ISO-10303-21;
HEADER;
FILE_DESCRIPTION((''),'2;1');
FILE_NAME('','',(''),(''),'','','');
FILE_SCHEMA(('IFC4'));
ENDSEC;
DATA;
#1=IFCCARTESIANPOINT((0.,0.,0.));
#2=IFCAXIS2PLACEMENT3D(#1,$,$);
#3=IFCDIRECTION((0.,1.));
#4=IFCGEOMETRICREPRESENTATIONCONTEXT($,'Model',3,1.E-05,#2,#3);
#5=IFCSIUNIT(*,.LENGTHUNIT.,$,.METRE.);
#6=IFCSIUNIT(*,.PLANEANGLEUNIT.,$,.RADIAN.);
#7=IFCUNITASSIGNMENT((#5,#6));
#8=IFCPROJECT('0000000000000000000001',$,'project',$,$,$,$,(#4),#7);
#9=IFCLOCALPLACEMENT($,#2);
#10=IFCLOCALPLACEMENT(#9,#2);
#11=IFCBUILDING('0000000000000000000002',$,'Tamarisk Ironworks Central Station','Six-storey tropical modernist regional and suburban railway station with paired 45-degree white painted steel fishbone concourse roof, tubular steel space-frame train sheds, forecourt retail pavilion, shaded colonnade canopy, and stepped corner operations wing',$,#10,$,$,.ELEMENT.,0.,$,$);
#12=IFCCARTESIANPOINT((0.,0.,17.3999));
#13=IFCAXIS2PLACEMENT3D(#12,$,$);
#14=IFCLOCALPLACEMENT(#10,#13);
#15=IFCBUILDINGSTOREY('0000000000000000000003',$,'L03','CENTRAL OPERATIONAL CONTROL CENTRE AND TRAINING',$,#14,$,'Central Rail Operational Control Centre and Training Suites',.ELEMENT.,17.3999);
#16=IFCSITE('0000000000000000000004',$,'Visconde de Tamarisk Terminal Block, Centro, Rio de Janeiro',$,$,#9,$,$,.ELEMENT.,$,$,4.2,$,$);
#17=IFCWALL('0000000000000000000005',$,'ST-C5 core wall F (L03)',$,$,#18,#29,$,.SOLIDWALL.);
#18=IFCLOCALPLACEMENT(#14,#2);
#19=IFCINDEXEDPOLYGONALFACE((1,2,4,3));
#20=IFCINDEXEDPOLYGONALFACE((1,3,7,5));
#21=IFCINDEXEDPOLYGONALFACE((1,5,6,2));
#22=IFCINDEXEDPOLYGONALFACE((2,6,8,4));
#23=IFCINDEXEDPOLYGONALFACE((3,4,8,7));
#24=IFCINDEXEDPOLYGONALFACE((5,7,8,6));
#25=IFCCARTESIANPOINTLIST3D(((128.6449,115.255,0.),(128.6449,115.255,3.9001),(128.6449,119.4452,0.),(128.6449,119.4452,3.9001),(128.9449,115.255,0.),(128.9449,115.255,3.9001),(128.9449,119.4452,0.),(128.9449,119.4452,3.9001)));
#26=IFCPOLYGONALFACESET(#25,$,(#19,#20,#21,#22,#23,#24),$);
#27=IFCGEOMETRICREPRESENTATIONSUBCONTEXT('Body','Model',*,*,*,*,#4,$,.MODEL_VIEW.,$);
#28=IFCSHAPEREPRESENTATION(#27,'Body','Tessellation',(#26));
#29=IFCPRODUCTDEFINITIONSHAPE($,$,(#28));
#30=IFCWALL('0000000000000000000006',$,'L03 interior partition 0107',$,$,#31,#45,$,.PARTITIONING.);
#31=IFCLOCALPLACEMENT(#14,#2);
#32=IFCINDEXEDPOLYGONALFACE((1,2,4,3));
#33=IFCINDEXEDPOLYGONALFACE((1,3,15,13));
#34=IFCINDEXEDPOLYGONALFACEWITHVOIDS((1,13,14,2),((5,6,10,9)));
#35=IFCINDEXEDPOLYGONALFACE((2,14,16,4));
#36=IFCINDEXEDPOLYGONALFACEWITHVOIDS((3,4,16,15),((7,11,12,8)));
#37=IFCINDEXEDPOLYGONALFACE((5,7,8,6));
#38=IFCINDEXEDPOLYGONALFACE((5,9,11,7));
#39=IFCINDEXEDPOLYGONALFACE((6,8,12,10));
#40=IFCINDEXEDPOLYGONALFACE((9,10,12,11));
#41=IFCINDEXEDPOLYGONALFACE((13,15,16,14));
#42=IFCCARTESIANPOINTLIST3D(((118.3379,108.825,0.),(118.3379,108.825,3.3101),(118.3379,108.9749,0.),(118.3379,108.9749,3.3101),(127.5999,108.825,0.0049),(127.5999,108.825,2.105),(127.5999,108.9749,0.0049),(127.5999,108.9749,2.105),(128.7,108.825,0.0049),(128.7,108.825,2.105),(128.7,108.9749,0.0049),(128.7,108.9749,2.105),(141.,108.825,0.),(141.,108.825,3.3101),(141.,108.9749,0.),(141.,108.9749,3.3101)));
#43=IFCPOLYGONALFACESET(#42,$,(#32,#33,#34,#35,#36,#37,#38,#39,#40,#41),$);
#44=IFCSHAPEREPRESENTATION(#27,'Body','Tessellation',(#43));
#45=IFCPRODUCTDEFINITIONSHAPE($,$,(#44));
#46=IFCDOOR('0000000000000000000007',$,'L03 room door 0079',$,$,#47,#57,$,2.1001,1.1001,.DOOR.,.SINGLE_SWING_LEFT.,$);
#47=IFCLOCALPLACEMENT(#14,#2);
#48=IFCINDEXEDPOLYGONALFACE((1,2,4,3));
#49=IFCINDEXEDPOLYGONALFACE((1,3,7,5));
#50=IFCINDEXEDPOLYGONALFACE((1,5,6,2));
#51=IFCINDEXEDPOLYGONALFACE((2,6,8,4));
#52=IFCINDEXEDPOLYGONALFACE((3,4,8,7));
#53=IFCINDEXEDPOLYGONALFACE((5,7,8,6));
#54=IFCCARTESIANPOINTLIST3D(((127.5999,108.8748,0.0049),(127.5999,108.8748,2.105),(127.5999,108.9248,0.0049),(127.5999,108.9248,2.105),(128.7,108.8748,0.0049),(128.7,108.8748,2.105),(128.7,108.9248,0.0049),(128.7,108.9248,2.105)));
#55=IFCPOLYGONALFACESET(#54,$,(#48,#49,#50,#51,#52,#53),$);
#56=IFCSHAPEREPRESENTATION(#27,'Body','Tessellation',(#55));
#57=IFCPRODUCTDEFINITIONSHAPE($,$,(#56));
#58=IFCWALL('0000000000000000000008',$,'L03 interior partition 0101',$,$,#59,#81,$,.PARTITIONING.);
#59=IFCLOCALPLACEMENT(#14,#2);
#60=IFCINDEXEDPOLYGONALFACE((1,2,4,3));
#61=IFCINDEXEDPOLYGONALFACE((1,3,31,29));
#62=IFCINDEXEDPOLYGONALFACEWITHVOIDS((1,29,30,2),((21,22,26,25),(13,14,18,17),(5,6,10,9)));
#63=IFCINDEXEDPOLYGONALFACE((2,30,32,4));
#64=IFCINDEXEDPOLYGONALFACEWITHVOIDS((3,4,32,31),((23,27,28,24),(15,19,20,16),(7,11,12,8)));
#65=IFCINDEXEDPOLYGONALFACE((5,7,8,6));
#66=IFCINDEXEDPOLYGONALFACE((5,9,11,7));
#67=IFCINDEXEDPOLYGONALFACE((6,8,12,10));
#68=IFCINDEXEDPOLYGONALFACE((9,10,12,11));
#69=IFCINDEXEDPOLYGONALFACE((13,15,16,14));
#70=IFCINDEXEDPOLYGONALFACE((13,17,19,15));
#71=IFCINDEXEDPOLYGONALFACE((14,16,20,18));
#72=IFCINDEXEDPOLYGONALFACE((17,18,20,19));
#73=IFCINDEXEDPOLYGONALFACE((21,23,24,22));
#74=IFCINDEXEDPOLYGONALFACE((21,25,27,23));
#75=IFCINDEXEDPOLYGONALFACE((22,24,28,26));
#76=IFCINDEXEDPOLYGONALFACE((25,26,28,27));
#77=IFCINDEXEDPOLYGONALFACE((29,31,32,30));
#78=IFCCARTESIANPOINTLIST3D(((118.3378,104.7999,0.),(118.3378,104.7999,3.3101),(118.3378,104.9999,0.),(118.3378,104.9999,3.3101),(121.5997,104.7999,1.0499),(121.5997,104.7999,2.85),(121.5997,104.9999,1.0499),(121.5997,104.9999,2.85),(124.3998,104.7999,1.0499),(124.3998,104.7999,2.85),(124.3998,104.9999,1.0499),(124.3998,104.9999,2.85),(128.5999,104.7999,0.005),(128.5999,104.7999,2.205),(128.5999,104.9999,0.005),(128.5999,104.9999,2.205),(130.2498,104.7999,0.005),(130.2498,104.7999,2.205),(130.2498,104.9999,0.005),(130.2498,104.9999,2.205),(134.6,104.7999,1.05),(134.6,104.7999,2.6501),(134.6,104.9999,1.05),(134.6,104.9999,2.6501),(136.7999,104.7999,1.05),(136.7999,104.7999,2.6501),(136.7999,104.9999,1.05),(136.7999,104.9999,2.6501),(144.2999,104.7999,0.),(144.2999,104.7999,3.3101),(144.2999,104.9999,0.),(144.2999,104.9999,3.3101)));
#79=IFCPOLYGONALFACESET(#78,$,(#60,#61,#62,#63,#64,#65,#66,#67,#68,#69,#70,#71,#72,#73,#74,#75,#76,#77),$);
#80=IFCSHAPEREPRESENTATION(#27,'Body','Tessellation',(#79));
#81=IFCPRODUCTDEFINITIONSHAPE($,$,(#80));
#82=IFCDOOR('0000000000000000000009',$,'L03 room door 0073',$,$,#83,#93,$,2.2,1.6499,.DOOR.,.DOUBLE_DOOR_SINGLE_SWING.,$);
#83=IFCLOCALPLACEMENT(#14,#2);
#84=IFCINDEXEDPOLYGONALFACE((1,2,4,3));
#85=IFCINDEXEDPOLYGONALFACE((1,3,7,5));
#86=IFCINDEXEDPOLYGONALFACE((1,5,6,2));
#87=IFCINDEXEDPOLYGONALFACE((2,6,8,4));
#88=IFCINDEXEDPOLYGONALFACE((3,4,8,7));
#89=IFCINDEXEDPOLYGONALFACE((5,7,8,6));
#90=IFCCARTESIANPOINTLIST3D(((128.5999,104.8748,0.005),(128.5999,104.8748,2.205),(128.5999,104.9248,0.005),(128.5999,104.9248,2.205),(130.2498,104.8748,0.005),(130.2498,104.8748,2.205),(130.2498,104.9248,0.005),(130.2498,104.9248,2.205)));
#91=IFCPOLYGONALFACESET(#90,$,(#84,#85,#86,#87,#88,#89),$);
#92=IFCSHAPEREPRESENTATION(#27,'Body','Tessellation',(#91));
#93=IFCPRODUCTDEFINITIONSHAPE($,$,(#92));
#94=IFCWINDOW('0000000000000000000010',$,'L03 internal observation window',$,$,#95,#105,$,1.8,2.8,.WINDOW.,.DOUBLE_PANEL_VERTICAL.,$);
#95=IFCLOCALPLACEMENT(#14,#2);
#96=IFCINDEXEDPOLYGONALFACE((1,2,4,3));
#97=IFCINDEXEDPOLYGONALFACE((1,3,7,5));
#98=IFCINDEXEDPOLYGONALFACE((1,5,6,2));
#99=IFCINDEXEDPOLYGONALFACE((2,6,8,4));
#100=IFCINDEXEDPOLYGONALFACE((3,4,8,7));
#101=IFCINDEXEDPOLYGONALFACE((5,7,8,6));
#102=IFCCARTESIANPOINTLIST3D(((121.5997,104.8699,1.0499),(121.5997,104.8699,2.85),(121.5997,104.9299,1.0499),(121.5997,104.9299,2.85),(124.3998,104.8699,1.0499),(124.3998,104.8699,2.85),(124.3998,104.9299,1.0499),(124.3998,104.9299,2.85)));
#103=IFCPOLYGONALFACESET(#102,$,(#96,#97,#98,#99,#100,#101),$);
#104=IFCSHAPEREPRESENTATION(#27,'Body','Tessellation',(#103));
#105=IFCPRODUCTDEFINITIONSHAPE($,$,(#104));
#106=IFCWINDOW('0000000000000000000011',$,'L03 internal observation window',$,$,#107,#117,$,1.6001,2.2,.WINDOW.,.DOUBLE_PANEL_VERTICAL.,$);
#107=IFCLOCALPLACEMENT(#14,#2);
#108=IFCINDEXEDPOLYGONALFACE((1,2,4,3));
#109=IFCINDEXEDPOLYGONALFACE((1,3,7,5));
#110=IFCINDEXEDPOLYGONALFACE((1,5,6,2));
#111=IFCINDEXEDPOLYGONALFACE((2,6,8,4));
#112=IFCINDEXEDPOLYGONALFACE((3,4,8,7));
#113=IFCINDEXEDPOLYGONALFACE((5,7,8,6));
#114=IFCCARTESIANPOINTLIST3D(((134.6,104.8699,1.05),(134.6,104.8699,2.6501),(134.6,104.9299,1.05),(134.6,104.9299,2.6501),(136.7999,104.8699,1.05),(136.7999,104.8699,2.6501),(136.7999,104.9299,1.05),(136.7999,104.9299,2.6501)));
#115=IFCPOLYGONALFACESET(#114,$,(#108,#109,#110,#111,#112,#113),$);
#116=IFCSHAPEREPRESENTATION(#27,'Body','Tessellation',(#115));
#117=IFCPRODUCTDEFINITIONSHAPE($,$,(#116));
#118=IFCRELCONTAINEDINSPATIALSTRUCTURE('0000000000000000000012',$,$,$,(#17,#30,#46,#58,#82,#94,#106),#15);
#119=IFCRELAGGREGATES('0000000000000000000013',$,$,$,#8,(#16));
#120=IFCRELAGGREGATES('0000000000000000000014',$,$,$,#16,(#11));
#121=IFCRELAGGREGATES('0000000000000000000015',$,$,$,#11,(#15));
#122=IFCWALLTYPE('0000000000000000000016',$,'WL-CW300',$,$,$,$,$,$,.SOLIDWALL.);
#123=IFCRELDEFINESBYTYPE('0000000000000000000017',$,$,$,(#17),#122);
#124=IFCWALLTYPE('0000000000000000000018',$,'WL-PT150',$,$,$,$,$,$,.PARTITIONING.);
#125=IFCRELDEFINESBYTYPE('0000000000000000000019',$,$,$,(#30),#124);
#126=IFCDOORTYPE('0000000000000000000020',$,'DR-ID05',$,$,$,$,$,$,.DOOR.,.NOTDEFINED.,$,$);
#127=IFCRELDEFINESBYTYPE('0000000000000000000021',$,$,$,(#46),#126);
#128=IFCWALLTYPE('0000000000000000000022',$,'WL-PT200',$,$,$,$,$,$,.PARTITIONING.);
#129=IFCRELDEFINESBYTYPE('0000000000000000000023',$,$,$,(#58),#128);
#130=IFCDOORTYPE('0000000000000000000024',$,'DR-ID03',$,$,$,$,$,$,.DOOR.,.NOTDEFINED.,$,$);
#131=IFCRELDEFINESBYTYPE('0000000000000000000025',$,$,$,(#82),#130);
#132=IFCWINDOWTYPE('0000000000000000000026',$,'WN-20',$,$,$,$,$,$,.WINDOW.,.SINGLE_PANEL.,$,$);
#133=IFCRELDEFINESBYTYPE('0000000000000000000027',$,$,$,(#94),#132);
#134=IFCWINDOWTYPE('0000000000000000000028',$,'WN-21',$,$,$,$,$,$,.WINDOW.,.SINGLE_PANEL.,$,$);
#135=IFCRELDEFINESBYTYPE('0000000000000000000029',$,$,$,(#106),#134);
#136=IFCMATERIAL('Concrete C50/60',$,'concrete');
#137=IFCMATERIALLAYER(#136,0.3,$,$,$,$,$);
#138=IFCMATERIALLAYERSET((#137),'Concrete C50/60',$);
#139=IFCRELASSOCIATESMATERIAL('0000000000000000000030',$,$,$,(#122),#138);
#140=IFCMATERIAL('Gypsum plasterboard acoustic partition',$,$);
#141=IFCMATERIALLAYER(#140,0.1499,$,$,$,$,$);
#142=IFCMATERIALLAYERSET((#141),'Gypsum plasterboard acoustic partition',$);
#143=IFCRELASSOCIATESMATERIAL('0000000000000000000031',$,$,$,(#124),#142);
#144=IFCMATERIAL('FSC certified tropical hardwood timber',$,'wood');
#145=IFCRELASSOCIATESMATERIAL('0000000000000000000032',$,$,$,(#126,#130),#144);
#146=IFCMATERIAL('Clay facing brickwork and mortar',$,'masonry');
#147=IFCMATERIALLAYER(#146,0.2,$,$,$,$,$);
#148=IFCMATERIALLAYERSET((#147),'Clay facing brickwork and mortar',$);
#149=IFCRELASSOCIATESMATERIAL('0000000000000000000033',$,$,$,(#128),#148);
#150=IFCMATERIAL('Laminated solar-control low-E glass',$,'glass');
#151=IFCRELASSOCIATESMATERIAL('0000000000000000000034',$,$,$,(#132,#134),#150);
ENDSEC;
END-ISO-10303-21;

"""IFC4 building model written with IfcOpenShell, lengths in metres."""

from ifc_helpers import new_model, si_unit, direction, frame, frame_2d, origin, place, context, subcontext, project, spatial, rectangle, extrude, material, layer, layer_set, type_object, element, fill, save


model = new_model("IFC4")

# Units and contexts
model_context = context("Model", 3, precision=1e-05, world=origin(), true_north=direction((0.0, 1.0)))
body_context = subcontext(model_context, "Body", "Model", "MODEL_VIEW")
ifc_project = project(units=[si_unit("LENGTHUNIT", "METRE"), si_unit("PLANEANGLEUNIT", "RADIAN")], contexts=[model_context])

# Site, building, storey
site_placement = place(None, origin())
site = spatial("IfcSite", under=ifc_project, at=site_placement, Name="Visconde de Tamarisk Terminal Block, Centro, Rio de Janeiro", CompositionType="ELEMENT", RefElevation=4.2)
building_placement = place(site_placement, origin())
building = spatial("IfcBuilding", under=site, at=building_placement, Name="Tamarisk Ironworks Central Station", Description="Six-storey tropical modernist regional and suburban railway station with paired 45-degree white painted steel fishbone concourse roof, tubular steel space-frame train sheds, forecourt retail pavilion, shaded colonnade canopy, and stepped corner operations wing", CompositionType="ELEMENT", ElevationOfRefHeight=0.0)
storey_placement = place(building_placement, frame((0.0, 0.0, 17.3999)))
storey = spatial("IfcBuildingStorey", under=building, at=storey_placement, Name="L03", Description="CENTRAL OPERATIONAL CONTROL CENTRE AND TRAINING", LongName="Central Rail Operational Control Centre and Training Suites", CompositionType="ELEMENT", Elevation=17.3999)

# Shared definitions
ifc_material_1 = material(Name="Clay facing brickwork and mortar", Category="masonry")
ifc_material_2 = material(Name="Laminated solar-control low-E glass", Category="glass")

# Shared definitions
ifc_material_3 = material(Name="Concrete C50/60", Category="concrete")
ifc_layer_1 = layer(ifc_material_3, 0.3)
ifc_layer_set_1 = layer_set([ifc_layer_1], Name="Concrete C50/60")
wall_type_1 = type_object("IfcWallType", Name="WL-CW300", PredefinedType="SOLIDWALL", material=ifc_layer_set_1)

# Wall
for number, where, z_axis, x_axis, name in (
    (1, (128.7949, 115.2549, 0.0), (0.0, 0.0, 1.0), (0.0, 1.0, 0.0), "ST-C5 core wall F (L03)"),
):
    element("IfcWall", number, at=place(storey_placement, frame(where, z_axis=z_axis, x_axis=x_axis)), inside=storey, type_object=wall_type_1, Name=name, PredefinedType="SOLIDWALL", context=body_context, shape_type="SweptSolid", body=[
        extrude(rectangle(XDim=4.1902, YDim=0.3, at=frame_2d((2.0952, 0.0))), origin(), (0.0, 0.0, 1.0), 3.9001),
    ])

# Wall, opening, door
ifc_material_4 = material(Name="Gypsum plasterboard acoustic partition")
ifc_layer_2 = layer(ifc_material_4, 0.1499)
ifc_layer_set_2 = layer_set([ifc_layer_2], Name="Gypsum plasterboard acoustic partition")
wall_type_2 = type_object("IfcWallType", Name="WL-PT150", PredefinedType="PARTITIONING", material=ifc_layer_set_2)
wall_1_placement = place(storey_placement, frame((118.3379, 108.8999, 0.0), z_axis=(0.0, 0.0, 1.0), x_axis=(1.0, 0.0, 0.0)))
wall_1 = element("IfcWall", 2, at=wall_1_placement, inside=storey, type_object=wall_type_2, Name="L03 interior partition 0107", PredefinedType="PARTITIONING", context=body_context, shape_type="SweptSolid", body=[
    extrude(rectangle(XDim=22.6621, YDim=0.1499, at=frame_2d((11.3311, 0.0))), origin(), (0.0, 0.0, 1.0), 3.3101),
])
opening_1_placement = place(wall_1_placement, frame((9.262, 0.0, 0.0049)))
opening_1 = element("IfcOpeningElement", 3, at=opening_1_placement, cuts=wall_1, PredefinedType="OPENING", context=body_context, shape_type="SweptSolid", body=[
    extrude(rectangle(XDim=1.1001, YDim=2.1001, at=frame_2d((0.55, 1.05))), frame((0.0, 0.0869, 0.0), z_axis=(0.0, -1.0, 0.0), x_axis=(1.0, 0.0, 0.0)), (0.0, 0.0, 1.0), 0.1738),
])
ifc_material_5 = material(Name="FSC certified tropical hardwood timber", Category="wood")
door_type_1 = type_object("IfcDoorType", Name="DR-ID05", OperationType="NOTDEFINED", PredefinedType="DOOR", material=ifc_material_5)
door_1_placement = place(opening_1_placement, origin())
door_1 = element("IfcDoor", 4, at=door_1_placement, inside=storey, type_object=door_type_1, Name="L03 room door 0079", OperationType="SINGLE_SWING_LEFT", OverallHeight=2.1001, OverallWidth=1.1001, PredefinedType="DOOR", context=body_context, shape_type="SweptSolid", body=[
    extrude(rectangle(XDim=1.1001, YDim=2.1001, at=frame_2d((0.55, 1.05))), frame((0.0, 0.0249, 0.0), z_axis=(0.0, -1.0, 0.0), x_axis=(1.0, 0.0, 0.0)), (0.0, 0.0, 1.0), 0.05),
])
fill(opening_1, door_1)

# Wall, openings, door, windows
ifc_layer_3 = layer(ifc_material_1, 0.2)
ifc_layer_set_3 = layer_set([ifc_layer_3], Name="Clay facing brickwork and mortar")
wall_type_3 = type_object("IfcWallType", Name="WL-PT200", PredefinedType="PARTITIONING", material=ifc_layer_set_3)
wall_2_placement = place(storey_placement, frame((118.3379, 104.8999, 0.0), z_axis=(0.0, 0.0, 1.0), x_axis=(1.0, 0.0, 0.0)))
wall_2 = element("IfcWall", 5, at=wall_2_placement, inside=storey, type_object=wall_type_3, Name="L03 interior partition 0101", PredefinedType="PARTITIONING", context=body_context, shape_type="SweptSolid", body=[
    extrude(rectangle(XDim=25.9622, YDim=0.2, at=frame_2d((12.981, 0.0))), origin(), (0.0, 0.0, 1.0), 3.3101),
])
opening_2_placement = place(wall_2_placement, frame((10.262, 0.0, 0.0049)))
opening_2 = element("IfcOpeningElement", 6, at=opening_2_placement, cuts=wall_2, PredefinedType="OPENING", context=body_context, shape_type="SweptSolid", body=[
    extrude(rectangle(XDim=1.6499, YDim=2.2, at=frame_2d((0.825, 1.1001))), frame((0.0, 0.1118, 0.0), z_axis=(0.0, -1.0, 0.0), x_axis=(1.0, 0.0, 0.0)), (0.0, 0.0, 1.0), 0.2239),
])
opening_3_placement = place(wall_2_placement, frame((3.262, 0.0, 1.05)))
opening_3 = element("IfcOpeningElement", 7, at=opening_3_placement, cuts=wall_2, PredefinedType="OPENING", context=body_context, shape_type="SweptSolid", body=[
    extrude(rectangle(XDim=2.8, YDim=1.8, at=frame_2d((1.3999, 0.8999))), frame((0.0, 0.1118, 0.0), z_axis=(0.0, -1.0, 0.0), x_axis=(1.0, 0.0, 0.0)), (0.0, 0.0, 1.0), 0.2239),
])
opening_4_placement = place(wall_2_placement, frame((16.262, 0.0, 1.05)))
opening_4 = element("IfcOpeningElement", 8, at=opening_4_placement, cuts=wall_2, PredefinedType="OPENING", context=body_context, shape_type="SweptSolid", body=[
    extrude(rectangle(XDim=2.2, YDim=1.6001, at=frame_2d((1.1001, 0.8))), frame((0.0, 0.1118, 0.0), z_axis=(0.0, -1.0, 0.0), x_axis=(1.0, 0.0, 0.0)), (0.0, 0.0, 1.0), 0.2239),
])
door_type_2 = type_object("IfcDoorType", Name="DR-ID03", OperationType="NOTDEFINED", PredefinedType="DOOR", material=ifc_material_5)
door_2_placement = place(opening_2_placement, origin())
door_2 = element("IfcDoor", 9, at=door_2_placement, inside=storey, type_object=door_type_2, Name="L03 room door 0073", OperationType="DOUBLE_DOOR_SINGLE_SWING", OverallHeight=2.2, OverallWidth=1.6499, PredefinedType="DOOR", context=body_context, shape_type="SweptSolid", body=[
    extrude(rectangle(XDim=1.6499, YDim=2.2, at=frame_2d((0.825, 1.1001))), frame((0.0, 0.0249, 0.0), z_axis=(0.0, -1.0, 0.0), x_axis=(1.0, 0.0, 0.0)), (0.0, 0.0, 1.0), 0.05),
])
fill(opening_2, door_2)
window_type_1 = type_object("IfcWindowType", Name="WN-20", PartitioningType="SINGLE_PANEL", PredefinedType="WINDOW", material=ifc_material_2)
window_1_placement = place(opening_3_placement, origin())
window_1 = element("IfcWindow", 10, at=window_1_placement, inside=storey, type_object=window_type_1, Name="L03 internal observation window", OverallHeight=1.8, OverallWidth=2.8, PartitioningType="DOUBLE_PANEL_VERTICAL", PredefinedType="WINDOW", context=body_context, shape_type="SweptSolid", body=[
    extrude(rectangle(XDim=2.8, YDim=1.8, at=frame_2d((1.3999, 0.8999))), frame((0.0, 0.03, 0.0), z_axis=(0.0, -1.0, 0.0), x_axis=(1.0, 0.0, 0.0)), (0.0, 0.0, 1.0), 0.0601),
])
fill(opening_3, window_1)
window_type_2 = type_object("IfcWindowType", Name="WN-21", PartitioningType="SINGLE_PANEL", PredefinedType="WINDOW", material=ifc_material_2)
window_2_placement = place(opening_4_placement, origin())
window_2 = element("IfcWindow", 11, at=window_2_placement, inside=storey, type_object=window_type_2, Name="L03 internal observation window", OverallHeight=1.6001, OverallWidth=2.2, PartitioningType="DOUBLE_PANEL_VERTICAL", PredefinedType="WINDOW", context=body_context, shape_type="SweptSolid", body=[
    extrude(rectangle(XDim=2.2, YDim=1.6001, at=frame_2d((1.1001, 0.8))), frame((0.0, 0.03, 0.0), z_axis=(0.0, -1.0, 0.0), x_axis=(1.0, 0.0, 0.0)), (0.0, 0.0, 1.0), 0.0601),
])
fill(opening_4, window_2)

save(model, "model.ifc")
